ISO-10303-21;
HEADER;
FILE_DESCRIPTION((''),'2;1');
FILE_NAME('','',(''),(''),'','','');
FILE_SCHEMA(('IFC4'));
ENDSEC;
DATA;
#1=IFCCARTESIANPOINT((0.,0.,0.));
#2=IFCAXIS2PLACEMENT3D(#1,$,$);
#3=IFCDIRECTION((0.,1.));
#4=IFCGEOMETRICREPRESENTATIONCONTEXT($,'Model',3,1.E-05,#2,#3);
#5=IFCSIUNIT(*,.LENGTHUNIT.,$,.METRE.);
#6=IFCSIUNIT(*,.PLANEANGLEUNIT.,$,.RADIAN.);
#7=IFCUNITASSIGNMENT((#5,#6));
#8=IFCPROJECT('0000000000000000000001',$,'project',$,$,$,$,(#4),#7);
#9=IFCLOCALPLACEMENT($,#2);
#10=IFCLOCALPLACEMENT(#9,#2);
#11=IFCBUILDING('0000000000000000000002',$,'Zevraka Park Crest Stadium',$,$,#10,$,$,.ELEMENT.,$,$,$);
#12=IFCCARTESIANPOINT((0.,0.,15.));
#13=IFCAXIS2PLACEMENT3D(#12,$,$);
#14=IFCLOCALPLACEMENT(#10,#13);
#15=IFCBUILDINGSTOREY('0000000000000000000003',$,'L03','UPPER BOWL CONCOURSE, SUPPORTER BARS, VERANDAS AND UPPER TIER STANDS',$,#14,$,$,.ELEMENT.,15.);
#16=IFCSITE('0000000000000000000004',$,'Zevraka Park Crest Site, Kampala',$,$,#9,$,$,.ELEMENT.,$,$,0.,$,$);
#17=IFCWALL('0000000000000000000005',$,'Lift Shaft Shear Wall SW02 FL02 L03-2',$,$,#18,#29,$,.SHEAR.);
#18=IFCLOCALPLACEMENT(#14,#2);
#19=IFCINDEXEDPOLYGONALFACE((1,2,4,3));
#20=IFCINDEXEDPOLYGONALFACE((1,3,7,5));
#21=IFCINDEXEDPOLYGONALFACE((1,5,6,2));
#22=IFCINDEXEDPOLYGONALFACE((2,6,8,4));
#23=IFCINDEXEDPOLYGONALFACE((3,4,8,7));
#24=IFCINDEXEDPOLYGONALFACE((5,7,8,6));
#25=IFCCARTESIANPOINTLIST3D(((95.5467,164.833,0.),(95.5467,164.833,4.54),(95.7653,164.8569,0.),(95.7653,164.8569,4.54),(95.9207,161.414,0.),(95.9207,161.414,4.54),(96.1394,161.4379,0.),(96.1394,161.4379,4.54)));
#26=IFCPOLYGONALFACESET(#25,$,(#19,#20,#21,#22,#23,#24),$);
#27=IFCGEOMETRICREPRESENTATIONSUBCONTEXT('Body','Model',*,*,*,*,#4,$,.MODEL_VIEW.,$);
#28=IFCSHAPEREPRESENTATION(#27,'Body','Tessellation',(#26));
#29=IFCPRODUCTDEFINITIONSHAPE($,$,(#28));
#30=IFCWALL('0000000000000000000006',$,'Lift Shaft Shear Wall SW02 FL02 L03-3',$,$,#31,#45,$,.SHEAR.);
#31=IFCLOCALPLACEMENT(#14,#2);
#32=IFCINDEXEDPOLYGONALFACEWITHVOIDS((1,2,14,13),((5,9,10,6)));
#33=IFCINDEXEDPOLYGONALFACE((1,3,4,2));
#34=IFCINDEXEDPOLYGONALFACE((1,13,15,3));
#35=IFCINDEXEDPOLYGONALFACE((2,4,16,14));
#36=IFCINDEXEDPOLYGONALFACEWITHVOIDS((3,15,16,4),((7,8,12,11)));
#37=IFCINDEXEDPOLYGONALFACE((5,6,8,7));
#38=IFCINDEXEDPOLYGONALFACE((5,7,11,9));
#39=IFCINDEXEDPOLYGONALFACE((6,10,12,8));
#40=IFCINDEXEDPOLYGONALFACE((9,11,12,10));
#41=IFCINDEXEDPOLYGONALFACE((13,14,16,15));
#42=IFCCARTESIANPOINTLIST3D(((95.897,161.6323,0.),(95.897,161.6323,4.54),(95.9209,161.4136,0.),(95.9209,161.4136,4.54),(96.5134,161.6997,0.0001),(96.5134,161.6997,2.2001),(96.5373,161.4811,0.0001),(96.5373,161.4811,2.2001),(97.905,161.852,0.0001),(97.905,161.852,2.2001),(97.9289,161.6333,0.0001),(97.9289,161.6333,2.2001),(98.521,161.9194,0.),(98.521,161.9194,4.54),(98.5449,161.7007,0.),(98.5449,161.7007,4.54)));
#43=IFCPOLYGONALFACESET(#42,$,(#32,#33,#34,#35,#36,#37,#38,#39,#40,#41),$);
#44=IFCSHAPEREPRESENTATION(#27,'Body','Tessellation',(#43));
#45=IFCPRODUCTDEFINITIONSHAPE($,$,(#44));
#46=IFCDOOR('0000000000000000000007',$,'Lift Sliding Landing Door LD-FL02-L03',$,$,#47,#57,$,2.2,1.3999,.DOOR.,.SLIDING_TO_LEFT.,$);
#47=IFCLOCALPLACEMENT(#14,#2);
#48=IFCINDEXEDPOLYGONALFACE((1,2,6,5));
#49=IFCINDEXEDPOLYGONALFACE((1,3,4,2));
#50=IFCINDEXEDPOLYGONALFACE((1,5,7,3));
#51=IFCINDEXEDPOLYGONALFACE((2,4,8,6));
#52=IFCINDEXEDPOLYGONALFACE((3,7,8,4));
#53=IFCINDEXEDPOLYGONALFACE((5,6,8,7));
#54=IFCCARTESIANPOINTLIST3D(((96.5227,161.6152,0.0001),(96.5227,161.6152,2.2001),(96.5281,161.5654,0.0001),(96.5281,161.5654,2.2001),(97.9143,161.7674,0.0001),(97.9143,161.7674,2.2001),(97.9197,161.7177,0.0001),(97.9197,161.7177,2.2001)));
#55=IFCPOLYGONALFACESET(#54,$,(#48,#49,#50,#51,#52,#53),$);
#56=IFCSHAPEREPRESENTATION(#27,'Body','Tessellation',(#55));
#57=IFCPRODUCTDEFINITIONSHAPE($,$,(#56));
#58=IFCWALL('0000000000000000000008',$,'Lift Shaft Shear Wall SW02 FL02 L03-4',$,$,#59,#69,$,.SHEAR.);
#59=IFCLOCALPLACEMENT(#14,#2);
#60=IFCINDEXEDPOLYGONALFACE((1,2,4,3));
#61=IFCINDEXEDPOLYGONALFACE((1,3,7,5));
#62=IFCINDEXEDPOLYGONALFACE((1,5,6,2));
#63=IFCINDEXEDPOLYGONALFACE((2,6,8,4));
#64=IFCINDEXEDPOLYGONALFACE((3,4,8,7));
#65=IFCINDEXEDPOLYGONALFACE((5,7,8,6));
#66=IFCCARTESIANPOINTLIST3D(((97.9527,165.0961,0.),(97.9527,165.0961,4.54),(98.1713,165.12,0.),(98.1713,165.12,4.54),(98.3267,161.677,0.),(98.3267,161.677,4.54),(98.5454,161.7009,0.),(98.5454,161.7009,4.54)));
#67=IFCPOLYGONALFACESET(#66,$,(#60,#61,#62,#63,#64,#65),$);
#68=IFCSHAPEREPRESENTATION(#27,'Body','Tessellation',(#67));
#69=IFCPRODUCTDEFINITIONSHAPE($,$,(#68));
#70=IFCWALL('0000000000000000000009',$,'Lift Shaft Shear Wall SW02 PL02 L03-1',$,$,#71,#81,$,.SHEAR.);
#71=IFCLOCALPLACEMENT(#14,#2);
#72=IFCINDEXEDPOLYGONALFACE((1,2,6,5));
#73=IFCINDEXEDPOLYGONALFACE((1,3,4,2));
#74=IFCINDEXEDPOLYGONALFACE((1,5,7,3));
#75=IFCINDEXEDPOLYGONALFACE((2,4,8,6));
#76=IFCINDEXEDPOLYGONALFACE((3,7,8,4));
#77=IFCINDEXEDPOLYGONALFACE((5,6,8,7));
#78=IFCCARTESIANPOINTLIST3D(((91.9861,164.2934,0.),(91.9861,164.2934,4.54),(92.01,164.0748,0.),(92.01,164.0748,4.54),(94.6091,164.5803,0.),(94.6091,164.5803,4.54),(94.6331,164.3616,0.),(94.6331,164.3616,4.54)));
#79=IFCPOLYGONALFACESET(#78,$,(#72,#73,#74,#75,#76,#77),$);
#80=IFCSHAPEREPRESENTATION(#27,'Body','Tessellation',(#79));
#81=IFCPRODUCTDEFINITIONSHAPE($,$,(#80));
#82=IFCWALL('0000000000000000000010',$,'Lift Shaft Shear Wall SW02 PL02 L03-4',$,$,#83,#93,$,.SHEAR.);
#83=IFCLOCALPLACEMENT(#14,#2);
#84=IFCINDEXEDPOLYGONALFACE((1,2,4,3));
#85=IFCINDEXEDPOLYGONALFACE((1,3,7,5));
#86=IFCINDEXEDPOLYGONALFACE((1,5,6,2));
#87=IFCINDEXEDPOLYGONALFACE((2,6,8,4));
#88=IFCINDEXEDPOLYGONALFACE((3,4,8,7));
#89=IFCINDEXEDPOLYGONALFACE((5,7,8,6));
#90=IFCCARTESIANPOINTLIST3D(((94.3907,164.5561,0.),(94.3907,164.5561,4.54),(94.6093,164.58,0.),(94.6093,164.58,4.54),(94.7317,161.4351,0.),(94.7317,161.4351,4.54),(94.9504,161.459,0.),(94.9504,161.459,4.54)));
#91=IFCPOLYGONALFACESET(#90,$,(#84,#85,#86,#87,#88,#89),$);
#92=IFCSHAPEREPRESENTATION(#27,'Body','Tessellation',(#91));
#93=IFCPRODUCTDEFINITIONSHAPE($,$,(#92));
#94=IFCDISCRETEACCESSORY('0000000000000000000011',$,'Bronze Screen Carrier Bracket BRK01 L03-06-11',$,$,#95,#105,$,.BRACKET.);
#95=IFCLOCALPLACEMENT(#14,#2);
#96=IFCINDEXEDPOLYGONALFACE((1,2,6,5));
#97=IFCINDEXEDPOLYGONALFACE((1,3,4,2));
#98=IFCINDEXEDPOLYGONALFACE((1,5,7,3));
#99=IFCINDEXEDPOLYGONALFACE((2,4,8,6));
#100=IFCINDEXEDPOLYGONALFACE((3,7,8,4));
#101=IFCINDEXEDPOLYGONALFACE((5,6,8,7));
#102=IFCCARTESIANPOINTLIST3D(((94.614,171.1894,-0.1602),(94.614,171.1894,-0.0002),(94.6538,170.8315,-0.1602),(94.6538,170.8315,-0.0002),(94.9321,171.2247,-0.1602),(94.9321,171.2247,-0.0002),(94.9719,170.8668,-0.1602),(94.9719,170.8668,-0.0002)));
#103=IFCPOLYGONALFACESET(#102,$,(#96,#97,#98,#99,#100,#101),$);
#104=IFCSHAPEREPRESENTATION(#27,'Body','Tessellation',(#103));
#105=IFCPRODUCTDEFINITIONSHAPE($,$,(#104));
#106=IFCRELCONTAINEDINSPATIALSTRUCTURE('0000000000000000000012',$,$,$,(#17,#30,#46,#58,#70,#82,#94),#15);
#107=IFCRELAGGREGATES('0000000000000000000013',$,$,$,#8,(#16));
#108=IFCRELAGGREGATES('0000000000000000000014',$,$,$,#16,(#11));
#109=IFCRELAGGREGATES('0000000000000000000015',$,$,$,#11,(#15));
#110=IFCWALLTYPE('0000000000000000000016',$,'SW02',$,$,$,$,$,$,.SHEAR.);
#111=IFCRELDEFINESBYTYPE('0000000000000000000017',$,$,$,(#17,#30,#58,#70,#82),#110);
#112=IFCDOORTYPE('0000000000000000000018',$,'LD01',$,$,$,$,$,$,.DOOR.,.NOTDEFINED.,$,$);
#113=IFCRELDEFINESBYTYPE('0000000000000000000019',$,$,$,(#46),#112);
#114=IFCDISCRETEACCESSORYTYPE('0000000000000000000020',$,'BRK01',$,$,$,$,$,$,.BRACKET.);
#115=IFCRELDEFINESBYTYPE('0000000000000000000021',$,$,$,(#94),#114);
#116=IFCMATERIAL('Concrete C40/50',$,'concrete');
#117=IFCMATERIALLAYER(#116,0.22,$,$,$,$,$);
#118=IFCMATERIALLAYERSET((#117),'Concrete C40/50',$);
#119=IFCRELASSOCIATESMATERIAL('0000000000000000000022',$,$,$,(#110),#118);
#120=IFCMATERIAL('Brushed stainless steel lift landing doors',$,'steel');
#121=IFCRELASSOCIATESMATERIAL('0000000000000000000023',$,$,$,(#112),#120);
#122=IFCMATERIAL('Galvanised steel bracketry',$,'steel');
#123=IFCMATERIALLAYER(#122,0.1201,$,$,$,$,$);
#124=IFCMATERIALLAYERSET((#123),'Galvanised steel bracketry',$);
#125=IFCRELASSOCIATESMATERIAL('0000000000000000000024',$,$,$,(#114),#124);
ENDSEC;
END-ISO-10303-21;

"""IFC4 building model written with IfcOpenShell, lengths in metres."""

from ifc_helpers import new_model, si_unit, direction, frame, frame_2d, origin, origin_2d, place, context, subcontext, project, spatial, rectangle, extrude, material, layer, layer_set, type_object, element, fill, save


model = new_model("IFC4")

# Units and contexts
model_context = context("Model", 3, precision=1e-05, world=origin(), true_north=direction((0.0, 1.0)))
body_context = subcontext(model_context, "Body", "Model", "MODEL_VIEW")
ifc_project = project(units=[si_unit("LENGTHUNIT", "METRE"), si_unit("PLANEANGLEUNIT", "RADIAN")], contexts=[model_context])

# Site, building, storey
site_placement = place(None, origin())
site = spatial("IfcSite", under=ifc_project, at=site_placement, Name="Zevraka Park Crest Site, Kampala", CompositionType="ELEMENT", RefElevation=0.0)
building_placement = place(site_placement, origin())
building = spatial("IfcBuilding", under=site, at=building_placement, Name="Zevraka Park Crest Stadium", CompositionType="ELEMENT")
storey_placement = place(building_placement, frame((0.0, 0.0, 15.0)))
storey = spatial("IfcBuildingStorey", under=building, at=storey_placement, Name="L03", Description="UPPER BOWL CONCOURSE, SUPPORTER BARS, VERANDAS AND UPPER TIER STANDS", CompositionType="ELEMENT", Elevation=15.0)

# Wall
ifc_material_1 = material(Name="Concrete C40/50", Category="concrete")
ifc_layer_1 = layer(ifc_material_1, 0.22)
ifc_layer_set_1 = layer_set([ifc_layer_1], Name="Concrete C40/50")
wall_type_1 = type_object("IfcWallType", Name="SW02", PredefinedType="SHEAR", material=ifc_layer_set_1)
wall_1_placement = place(storey_placement, frame((95.656, 164.845, 0.0), z_axis=(0.0, 0.0, 1.0), x_axis=(0.108749, -0.994069, 0.0)))
element("IfcWall", 1, at=wall_1_placement, inside=storey, type_object=wall_type_1, Name="Lift Shaft Shear Wall SW02 FL02 L03-2", PredefinedType="SHEAR", context=body_context, shape_type="SweptSolid", body=[
    extrude(rectangle(XDim=3.4395, YDim=0.22, at=frame_2d((1.7197, 0.0))), origin(), (0.0, 0.0, 1.0), 4.54),
])

# Wall, opening, door
wall_2_placement = place(storey_placement, frame((95.9089, 161.5229, 0.0), z_axis=(0.0, 0.0, 1.0), x_axis=(0.994067, 0.108767, 0.0)))
wall_2 = element("IfcWall", 2, at=wall_2_placement, inside=storey, type_object=wall_type_1, Name="Lift Shaft Shear Wall SW02 FL02 L03-3", PredefinedType="SHEAR", context=body_context, shape_type="SweptSolid", body=[
    extrude(rectangle(XDim=2.6396, YDim=0.22, at=frame_2d((1.3198, 0.0))), origin(), (0.0, 0.0, 1.0), 4.54),
])
opening_placement = place(wall_2_placement, frame((0.6201, 0.0, 0.0)))
opening = element("IfcOpeningElement", 3, at=opening_placement, cuts=wall_2, PredefinedType="OPENING", context=body_context, shape_type="SweptSolid", body=[
    extrude(rectangle(XDim=1.3999, YDim=2.2, at=frame_2d((0.7, 1.1001))), frame((0.0, 0.1199, 0.0), z_axis=(0.0, -1.0, 0.0), x_axis=(1.0, 0.0, 0.0)), (0.0, 0.0, 1.0), 0.24),
])
ifc_material_2 = material(Name="Brushed stainless steel lift landing doors", Category="steel")
door_type = type_object("IfcDoorType", Name="LD01", OperationType="NOTDEFINED", PredefinedType="DOOR", material=ifc_material_2)
door_placement = place(opening_placement, origin())
door = element("IfcDoor", 4, at=door_placement, inside=storey, type_object=door_type, Name="Lift Sliding Landing Door LD-FL02-L03", OperationType="SLIDING_TO_LEFT", OverallHeight=2.2, OverallWidth=1.3999, PredefinedType="DOOR", context=body_context, shape_type="SweptSolid", body=[
    extrude(rectangle(XDim=1.3999, YDim=2.2, at=frame_2d((0.7, 1.1001))), frame((0.0, 0.0249, 0.0), z_axis=(0.0, -1.0, 0.0), x_axis=(1.0, 0.0, 0.0)), (0.0, 0.0, 1.0), 0.05),
])
fill(opening, door)

# Walls
wall_3_placement = place(storey_placement, frame((98.436, 161.689, 0.0), z_axis=(0.0, 0.0, 1.0), x_axis=(-0.108749, 0.994069, 0.0)))
element("IfcWall", 5, at=wall_3_placement, inside=storey, type_object=wall_type_1, Name="Lift Shaft Shear Wall SW02 FL02 L03-4", PredefinedType="SHEAR", context=body_context, shape_type="SweptSolid", body=[
    extrude(rectangle(XDim=3.4395, YDim=0.22, at=frame_2d((1.7197, 0.0))), origin(), (0.0, 0.0, 1.0), 4.54),
])
wall_4_placement = place(storey_placement, frame((94.6211, 164.4709, 0.0), z_axis=(0.0, 0.0, 1.0), x_axis=(-0.994073, -0.108715, 0.0)))
element("IfcWall", 6, at=wall_4_placement, inside=storey, type_object=wall_type_1, Name="Lift Shaft Shear Wall SW02 PL02 L03-1", PredefinedType="SHEAR", context=body_context, shape_type="SweptSolid", body=[
    extrude(rectangle(XDim=2.6387, YDim=0.22, at=frame_2d((1.3193, 0.0))), origin(), (0.0, 0.0, 1.0), 4.54),
])
wall_5_placement = place(storey_placement, frame((94.8411, 161.447, 0.0), z_axis=(0.0, 0.0, 1.0), x_axis=(-0.108631, 0.994082, 0.0)))
element("IfcWall", 7, at=wall_5_placement, inside=storey, type_object=wall_type_1, Name="Lift Shaft Shear Wall SW02 PL02 L03-4", PredefinedType="SHEAR", context=body_context, shape_type="SweptSolid", body=[
    extrude(rectangle(XDim=3.1396, YDim=0.22, at=frame_2d((1.5698, 0.0))), origin(), (0.0, 0.0, 1.0), 4.54),
])

# Discrete accessory
ifc_material_3 = material(Name="Galvanised steel bracketry", Category="steel")
ifc_layer_2 = layer(ifc_material_3, 0.1201)
ifc_layer_set_2 = layer_set([ifc_layer_2], Name="Galvanised steel bracketry")
discrete_accessory_type = type_object("IfcDiscreteAccessoryType", Name="BRK01", PredefinedType="BRACKET", material=ifc_layer_set_2)
discrete_accessory_placement = place(storey_placement, frame((94.793, 171.0281, -0.1602), z_axis=(0.0, 0.0, 1.0), x_axis=(-0.993884, -0.110428, 0.0)))
element("IfcDiscreteAccessory", 8, at=discrete_accessory_placement, inside=storey, type_object=discrete_accessory_type, Name="Bronze Screen Carrier Bracket BRK01 L03-06-11", PredefinedType="BRACKET", context=body_context, shape_type="SweptSolid", body=[
    extrude(rectangle(XDim=0.3201, YDim=0.3601, at=origin_2d()), origin(), (0.0, 0.0, 1.0), 0.1599),
])

save(model, "model.ifc")
